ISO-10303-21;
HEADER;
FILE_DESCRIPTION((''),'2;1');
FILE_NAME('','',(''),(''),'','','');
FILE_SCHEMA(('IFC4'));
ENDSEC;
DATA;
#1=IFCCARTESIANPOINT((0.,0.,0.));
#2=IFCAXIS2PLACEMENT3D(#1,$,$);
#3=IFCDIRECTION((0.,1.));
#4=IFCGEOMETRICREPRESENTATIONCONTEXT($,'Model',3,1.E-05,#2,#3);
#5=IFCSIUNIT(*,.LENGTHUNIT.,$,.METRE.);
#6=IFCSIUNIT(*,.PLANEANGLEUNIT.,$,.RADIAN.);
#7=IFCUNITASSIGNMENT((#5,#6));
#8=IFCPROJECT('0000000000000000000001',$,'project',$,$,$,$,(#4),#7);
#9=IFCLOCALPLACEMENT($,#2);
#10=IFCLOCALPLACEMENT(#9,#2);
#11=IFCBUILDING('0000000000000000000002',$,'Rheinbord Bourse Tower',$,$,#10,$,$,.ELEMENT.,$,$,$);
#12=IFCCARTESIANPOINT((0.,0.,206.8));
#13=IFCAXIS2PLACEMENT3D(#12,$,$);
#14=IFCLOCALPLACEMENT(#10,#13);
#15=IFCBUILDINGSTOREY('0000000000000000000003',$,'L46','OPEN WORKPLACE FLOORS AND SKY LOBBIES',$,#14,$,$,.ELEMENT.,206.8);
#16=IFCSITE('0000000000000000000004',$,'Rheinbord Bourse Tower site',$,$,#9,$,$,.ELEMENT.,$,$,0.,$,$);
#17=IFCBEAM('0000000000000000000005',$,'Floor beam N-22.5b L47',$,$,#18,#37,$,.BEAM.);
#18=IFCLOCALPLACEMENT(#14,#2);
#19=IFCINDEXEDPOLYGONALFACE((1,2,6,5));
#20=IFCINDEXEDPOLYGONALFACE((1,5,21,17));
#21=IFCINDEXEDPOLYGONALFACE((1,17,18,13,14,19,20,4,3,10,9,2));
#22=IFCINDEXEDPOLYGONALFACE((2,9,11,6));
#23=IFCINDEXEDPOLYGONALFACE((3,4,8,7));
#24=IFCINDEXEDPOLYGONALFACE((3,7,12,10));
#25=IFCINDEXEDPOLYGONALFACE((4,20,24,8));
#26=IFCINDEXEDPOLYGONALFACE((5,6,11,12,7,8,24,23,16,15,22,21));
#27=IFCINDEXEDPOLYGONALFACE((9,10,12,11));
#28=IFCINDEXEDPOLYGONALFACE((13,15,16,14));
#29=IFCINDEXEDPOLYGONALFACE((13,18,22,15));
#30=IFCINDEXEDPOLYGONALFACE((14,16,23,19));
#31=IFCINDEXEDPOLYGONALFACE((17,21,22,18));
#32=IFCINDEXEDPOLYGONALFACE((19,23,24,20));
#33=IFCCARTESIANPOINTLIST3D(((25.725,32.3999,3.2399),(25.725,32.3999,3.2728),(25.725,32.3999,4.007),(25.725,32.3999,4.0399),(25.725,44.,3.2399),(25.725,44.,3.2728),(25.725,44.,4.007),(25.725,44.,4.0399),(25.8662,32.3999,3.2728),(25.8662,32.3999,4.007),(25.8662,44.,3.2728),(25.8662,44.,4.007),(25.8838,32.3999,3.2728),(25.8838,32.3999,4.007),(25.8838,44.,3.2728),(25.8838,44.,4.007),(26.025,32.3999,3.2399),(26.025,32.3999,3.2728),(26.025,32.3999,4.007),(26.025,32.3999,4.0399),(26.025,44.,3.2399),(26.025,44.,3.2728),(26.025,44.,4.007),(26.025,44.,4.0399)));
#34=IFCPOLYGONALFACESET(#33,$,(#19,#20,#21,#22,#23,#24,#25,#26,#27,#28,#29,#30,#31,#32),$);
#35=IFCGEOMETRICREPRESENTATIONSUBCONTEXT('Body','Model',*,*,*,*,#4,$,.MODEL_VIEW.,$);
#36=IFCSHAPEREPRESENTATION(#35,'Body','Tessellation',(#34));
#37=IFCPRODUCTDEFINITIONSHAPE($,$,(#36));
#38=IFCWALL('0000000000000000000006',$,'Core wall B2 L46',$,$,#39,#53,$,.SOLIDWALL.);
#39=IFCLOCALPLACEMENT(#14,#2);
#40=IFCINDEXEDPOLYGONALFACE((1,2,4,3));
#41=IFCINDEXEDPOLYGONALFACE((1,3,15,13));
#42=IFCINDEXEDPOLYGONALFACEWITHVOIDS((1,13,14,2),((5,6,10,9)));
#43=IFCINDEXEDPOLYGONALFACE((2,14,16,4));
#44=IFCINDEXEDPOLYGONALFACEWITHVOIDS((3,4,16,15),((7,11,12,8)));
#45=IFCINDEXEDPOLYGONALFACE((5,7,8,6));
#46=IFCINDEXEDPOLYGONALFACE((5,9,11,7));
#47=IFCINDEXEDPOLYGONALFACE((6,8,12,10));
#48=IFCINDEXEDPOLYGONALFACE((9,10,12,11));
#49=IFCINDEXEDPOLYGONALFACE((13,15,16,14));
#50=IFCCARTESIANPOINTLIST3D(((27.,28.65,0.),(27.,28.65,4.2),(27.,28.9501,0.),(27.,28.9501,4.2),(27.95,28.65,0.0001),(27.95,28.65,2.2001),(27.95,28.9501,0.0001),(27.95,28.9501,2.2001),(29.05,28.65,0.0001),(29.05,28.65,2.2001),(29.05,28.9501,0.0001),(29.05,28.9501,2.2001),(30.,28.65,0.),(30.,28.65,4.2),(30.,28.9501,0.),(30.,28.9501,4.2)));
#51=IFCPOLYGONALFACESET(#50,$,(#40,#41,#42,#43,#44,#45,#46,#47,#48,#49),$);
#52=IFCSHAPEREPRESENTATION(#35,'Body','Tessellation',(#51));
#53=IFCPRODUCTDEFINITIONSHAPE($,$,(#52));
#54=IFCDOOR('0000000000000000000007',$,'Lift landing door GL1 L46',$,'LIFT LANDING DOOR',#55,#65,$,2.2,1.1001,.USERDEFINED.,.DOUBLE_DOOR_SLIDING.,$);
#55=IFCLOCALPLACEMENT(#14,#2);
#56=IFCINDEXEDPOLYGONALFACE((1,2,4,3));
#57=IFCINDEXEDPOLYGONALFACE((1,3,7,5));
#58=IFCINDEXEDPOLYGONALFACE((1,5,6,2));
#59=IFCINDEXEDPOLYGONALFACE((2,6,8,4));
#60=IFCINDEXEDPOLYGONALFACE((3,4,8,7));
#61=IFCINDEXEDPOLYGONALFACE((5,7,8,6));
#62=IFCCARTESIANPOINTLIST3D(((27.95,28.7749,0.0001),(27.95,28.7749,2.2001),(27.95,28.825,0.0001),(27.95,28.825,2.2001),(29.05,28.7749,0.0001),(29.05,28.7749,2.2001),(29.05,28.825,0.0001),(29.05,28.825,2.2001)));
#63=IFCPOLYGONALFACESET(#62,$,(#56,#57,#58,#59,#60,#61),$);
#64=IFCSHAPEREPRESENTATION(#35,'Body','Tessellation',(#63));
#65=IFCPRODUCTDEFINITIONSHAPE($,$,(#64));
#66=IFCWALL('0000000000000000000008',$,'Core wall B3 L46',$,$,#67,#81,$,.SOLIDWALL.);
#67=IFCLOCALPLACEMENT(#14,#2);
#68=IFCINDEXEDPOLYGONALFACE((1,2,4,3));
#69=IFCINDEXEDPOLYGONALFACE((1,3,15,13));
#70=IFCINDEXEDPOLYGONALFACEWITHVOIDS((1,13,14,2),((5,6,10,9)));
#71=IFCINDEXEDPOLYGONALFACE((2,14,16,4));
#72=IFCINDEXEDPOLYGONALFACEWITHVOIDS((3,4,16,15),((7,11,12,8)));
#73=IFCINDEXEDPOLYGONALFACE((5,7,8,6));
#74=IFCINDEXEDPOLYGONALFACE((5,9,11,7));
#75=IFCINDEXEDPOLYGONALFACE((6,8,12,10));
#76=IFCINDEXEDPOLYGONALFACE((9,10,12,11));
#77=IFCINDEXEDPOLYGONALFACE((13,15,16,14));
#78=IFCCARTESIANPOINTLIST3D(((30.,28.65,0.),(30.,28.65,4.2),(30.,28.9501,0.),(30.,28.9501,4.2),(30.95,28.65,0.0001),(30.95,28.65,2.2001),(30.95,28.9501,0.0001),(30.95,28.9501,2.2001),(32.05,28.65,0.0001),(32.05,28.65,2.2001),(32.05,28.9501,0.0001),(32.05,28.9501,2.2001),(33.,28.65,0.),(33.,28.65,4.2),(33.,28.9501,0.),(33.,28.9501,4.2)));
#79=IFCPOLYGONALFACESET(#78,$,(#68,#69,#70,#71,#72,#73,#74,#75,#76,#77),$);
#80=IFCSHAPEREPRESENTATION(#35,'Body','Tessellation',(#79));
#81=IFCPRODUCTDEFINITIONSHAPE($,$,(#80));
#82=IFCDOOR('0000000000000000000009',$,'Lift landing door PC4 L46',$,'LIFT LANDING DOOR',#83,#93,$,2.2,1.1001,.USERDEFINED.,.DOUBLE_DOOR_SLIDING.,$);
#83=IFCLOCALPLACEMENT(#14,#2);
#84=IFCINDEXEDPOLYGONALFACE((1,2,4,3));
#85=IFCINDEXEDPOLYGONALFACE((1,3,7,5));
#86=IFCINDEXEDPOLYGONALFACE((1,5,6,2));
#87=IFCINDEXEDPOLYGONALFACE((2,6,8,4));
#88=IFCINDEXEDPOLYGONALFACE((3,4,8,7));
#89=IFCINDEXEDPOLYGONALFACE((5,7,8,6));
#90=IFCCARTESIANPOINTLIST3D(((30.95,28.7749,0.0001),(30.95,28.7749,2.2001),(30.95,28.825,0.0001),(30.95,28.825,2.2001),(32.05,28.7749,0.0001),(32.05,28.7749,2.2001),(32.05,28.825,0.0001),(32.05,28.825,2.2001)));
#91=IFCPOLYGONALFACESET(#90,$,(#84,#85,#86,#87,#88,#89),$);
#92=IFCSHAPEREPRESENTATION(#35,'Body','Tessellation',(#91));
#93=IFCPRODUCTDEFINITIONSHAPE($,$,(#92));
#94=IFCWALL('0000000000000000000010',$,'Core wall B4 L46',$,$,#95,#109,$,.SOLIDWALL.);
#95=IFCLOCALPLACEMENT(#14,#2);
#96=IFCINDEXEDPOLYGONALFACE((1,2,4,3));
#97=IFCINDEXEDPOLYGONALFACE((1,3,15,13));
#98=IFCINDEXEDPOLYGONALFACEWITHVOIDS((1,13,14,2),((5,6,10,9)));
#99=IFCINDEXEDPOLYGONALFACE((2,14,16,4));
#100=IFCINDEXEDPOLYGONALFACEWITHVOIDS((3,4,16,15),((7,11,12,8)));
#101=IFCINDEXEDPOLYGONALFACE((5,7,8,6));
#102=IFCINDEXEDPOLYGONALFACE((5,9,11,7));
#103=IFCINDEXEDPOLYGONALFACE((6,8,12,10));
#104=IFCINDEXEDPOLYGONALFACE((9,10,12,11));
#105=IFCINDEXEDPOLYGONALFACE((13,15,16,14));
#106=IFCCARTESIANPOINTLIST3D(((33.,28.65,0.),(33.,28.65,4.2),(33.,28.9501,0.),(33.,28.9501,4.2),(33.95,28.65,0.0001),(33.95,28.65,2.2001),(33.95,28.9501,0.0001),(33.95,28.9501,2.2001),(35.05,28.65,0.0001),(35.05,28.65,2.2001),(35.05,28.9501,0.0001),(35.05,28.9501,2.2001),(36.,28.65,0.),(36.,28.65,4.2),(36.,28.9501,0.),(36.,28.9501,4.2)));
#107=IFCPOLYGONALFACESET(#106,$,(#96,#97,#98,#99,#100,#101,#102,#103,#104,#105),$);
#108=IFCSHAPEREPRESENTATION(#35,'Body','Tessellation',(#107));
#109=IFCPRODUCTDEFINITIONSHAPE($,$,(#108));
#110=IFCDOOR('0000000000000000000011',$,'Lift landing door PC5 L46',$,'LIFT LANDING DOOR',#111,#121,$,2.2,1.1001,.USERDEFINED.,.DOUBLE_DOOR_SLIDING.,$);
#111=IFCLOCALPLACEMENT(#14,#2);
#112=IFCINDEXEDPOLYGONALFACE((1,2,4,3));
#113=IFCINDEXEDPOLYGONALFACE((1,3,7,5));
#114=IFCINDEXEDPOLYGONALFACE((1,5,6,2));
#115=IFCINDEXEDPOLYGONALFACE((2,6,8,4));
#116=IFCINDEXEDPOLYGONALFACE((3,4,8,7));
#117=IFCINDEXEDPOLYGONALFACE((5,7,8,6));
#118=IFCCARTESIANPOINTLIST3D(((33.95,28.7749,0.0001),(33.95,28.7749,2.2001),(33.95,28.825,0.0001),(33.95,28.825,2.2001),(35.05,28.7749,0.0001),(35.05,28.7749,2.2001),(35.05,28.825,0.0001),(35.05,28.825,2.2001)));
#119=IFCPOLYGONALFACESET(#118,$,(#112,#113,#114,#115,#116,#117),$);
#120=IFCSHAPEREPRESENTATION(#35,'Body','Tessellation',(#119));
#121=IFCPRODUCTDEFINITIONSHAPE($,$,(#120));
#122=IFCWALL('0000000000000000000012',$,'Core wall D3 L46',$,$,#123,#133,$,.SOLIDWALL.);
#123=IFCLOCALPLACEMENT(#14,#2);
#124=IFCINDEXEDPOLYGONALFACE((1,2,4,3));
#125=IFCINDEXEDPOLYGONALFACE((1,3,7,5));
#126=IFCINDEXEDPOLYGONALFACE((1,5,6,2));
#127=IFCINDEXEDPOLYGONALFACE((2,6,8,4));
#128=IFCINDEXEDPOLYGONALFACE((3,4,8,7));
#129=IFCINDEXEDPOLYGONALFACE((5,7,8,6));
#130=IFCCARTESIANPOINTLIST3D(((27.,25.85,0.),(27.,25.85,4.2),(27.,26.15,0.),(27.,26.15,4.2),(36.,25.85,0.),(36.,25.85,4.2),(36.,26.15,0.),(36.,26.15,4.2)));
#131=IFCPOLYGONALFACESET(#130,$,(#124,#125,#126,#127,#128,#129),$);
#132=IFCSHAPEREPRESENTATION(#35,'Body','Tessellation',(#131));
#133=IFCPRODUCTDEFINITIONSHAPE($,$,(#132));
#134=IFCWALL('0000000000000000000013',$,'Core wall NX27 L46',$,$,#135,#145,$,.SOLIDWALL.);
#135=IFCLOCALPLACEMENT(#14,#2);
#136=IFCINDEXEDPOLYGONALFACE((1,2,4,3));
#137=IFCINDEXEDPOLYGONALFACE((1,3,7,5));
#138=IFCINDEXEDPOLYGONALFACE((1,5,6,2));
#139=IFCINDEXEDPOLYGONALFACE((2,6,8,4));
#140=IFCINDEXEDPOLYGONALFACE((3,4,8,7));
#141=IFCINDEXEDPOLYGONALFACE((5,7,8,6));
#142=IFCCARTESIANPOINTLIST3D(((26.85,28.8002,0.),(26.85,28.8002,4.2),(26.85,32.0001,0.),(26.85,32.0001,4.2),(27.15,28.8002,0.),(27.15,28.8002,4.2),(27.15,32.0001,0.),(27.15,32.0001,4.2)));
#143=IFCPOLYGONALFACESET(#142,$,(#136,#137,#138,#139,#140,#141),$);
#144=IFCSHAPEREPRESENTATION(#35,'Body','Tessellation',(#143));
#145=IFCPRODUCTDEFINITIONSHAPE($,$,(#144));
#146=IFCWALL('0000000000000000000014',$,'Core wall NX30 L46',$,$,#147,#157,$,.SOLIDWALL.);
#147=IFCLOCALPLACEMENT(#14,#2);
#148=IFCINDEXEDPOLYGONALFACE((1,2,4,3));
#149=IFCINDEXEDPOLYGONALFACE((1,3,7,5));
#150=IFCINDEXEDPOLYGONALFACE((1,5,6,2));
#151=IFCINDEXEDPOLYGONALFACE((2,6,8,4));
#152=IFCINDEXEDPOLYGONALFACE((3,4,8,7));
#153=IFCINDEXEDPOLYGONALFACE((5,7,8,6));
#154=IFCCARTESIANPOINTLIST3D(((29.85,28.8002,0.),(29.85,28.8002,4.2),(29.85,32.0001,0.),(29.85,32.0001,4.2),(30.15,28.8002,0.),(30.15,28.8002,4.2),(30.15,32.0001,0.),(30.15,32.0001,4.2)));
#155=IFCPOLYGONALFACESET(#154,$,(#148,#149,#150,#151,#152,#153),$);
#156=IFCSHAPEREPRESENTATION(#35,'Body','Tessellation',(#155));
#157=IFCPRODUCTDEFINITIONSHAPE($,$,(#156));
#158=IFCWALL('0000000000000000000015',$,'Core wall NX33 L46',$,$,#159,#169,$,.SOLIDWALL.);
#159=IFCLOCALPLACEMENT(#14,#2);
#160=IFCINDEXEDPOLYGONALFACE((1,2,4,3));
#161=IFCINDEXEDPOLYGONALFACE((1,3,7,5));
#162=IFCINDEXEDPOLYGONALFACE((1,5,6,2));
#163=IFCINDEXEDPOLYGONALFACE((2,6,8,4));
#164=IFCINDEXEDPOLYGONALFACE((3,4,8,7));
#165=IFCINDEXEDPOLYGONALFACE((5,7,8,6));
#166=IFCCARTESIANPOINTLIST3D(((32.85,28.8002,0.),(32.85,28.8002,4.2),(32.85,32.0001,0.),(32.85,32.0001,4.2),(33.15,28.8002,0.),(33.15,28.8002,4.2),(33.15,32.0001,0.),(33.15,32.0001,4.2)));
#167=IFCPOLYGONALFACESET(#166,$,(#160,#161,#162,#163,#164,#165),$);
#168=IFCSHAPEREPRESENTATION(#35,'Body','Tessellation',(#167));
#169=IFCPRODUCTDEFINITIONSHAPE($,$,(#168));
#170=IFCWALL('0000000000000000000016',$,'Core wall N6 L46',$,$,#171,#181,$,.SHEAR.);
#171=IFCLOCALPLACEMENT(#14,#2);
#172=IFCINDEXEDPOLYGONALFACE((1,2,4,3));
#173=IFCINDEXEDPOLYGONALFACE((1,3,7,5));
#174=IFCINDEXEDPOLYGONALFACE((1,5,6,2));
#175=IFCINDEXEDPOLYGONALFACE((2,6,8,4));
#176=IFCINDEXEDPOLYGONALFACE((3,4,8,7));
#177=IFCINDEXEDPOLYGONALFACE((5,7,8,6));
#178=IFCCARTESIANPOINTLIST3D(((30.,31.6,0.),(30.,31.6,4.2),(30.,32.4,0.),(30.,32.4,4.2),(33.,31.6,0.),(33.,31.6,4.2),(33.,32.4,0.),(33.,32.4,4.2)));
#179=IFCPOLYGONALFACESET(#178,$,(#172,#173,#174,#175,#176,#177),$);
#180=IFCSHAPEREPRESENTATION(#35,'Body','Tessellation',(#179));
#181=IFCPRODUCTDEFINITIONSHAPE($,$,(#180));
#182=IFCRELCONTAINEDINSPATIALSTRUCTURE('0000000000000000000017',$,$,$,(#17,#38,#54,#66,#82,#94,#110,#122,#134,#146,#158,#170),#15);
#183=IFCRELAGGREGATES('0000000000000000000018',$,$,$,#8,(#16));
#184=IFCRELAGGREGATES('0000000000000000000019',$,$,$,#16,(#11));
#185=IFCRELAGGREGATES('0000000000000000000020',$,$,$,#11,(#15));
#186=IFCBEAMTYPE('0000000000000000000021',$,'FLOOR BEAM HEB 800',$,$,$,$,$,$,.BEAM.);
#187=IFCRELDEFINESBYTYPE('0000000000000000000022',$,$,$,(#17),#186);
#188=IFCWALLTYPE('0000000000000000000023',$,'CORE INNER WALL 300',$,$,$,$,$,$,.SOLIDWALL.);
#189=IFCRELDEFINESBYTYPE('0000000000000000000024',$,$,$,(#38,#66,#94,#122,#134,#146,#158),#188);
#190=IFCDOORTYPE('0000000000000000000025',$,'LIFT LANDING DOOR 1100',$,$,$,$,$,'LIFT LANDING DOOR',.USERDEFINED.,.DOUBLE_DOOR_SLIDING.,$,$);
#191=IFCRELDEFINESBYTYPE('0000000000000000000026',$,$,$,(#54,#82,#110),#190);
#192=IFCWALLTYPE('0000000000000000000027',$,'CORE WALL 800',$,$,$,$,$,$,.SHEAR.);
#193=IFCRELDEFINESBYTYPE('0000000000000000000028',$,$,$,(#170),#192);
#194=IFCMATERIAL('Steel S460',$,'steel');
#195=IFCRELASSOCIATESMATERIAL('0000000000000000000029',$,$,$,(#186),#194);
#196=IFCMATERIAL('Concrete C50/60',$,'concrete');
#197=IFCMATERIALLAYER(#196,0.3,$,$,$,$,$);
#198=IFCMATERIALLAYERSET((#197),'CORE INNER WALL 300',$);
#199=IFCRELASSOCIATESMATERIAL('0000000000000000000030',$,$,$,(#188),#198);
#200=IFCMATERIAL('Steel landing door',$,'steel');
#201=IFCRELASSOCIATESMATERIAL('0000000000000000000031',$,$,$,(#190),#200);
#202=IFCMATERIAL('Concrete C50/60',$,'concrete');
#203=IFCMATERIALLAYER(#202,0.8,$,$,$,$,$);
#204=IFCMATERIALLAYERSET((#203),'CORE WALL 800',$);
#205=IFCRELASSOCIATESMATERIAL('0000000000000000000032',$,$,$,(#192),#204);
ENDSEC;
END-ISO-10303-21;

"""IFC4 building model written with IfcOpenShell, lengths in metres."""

from ifc_helpers import new_model, si_unit, direction, frame, frame_2d, origin, origin_2d, place, context, subcontext, project, spatial, rectangle, i_section, extrude, material, layer, layer_set, material_profile, profile_set, type_object, element, fill, save


model = new_model("IFC4")

# Units and contexts
model_context = context("Model", 3, precision=1e-05, world=origin(), true_north=direction((0.0, 1.0)))
body_context = subcontext(model_context, "Body", "Model", "MODEL_VIEW")
ifc_project = project(units=[si_unit("LENGTHUNIT", "METRE"), si_unit("PLANEANGLEUNIT", "RADIAN")], contexts=[model_context])

# Site, building, storey
site_placement = place(None, origin())
site = spatial("IfcSite", under=ifc_project, at=site_placement, Name="Rheinbord Bourse Tower site", CompositionType="ELEMENT", RefElevation=0.0)
building_placement = place(site_placement, origin())
building = spatial("IfcBuilding", under=site, at=building_placement, Name="Rheinbord Bourse Tower", CompositionType="ELEMENT")
storey_placement = place(building_placement, frame((0.0, 0.0, 206.8)))
storey = spatial("IfcBuildingStorey", under=building, at=storey_placement, Name="L46", Description="OPEN WORKPLACE FLOORS AND SKY LOBBIES", CompositionType="ELEMENT", Elevation=206.8)

# Beam
ifc_material_1 = material(Name="Steel S460", Category="steel")
ifc_material_profile = material_profile(ifc_material_1, i_section(OverallWidth=0.3, OverallDepth=0.8, WebThickness=0.0176, FlangeThickness=0.033, at=origin_2d()), Name="HEB 800")
ifc_profile_set = profile_set([ifc_material_profile], Name="Steel S460")
beam_type = type_object("IfcBeamType", Name="FLOOR BEAM HEB 800", PredefinedType="BEAM", material=ifc_profile_set)
beam_placement = place(storey_placement, frame((25.875, 44.0, 3.6399), z_axis=(0.0, -1.0, 0.0), x_axis=(1.0, 0.0, 0.0)))
element("IfcBeam", 1, at=beam_placement, inside=storey, type_object=beam_type, Name="Floor beam N-22.5b L47", PredefinedType="BEAM", context=body_context, shape_type="SweptSolid", body=[
    extrude(i_section(OverallWidth=0.3, OverallDepth=0.8, WebThickness=0.0176, FlangeThickness=0.033, at=origin_2d()), origin(), (0.0, 0.0, 1.0), 11.6001),
])

# Walls, openings, doors
ifc_material_2 = material(Name="Concrete C50/60", Category="concrete")
ifc_layer_1 = layer(ifc_material_2, 0.3)
ifc_layer_set_1 = layer_set([ifc_layer_1], Name="CORE INNER WALL 300")
wall_type_1 = type_object("IfcWallType", Name="CORE INNER WALL 300", PredefinedType="SOLIDWALL", material=ifc_layer_set_1)
wall_1_placement = place(storey_placement, frame((27.0, 28.8, 0.0), z_axis=(0.0, 0.0, 1.0), x_axis=(1.0, 0.0, 0.0)))
wall_1 = element("IfcWall", 2, at=wall_1_placement, inside=storey, type_object=wall_type_1, Name="Core wall B2 L46", PredefinedType="SOLIDWALL", context=body_context, shape_type="SweptSolid", body=[
    extrude(rectangle(XDim=3.0, YDim=0.3, at=frame_2d((1.5, 0.0))), origin(), (0.0, 0.0, 1.0), 4.2),
])
opening_1_placement = place(wall_1_placement, frame((0.95, 0.0, 0.0)))
opening_1 = element("IfcOpeningElement", 3, at=opening_1_placement, cuts=wall_1, PredefinedType="OPENING", context=body_context, shape_type="SweptSolid", body=[
    extrude(rectangle(XDim=1.1001, YDim=2.2, at=frame_2d((0.55, 1.1001))), frame((0.0, 0.1599, 0.0), z_axis=(0.0, -1.0, 0.0), x_axis=(1.0, 0.0, 0.0)), (0.0, 0.0, 1.0), 0.3201),
])
ifc_material_3 = material(Name="Steel landing door", Category="steel")
door_type_1 = type_object("IfcDoorType", Name="LIFT LANDING DOOR 1100", ElementType="LIFT LANDING DOOR", OperationType="DOUBLE_DOOR_SLIDING", PredefinedType="USERDEFINED", material=ifc_material_3)
door_1_placement = place(opening_1_placement, origin())
door_1 = element("IfcDoor", 4, at=door_1_placement, inside=storey, type_object=door_type_1, Name="Lift landing door GL1 L46", ObjectType="LIFT LANDING DOOR", OperationType="DOUBLE_DOOR_SLIDING", OverallHeight=2.2, OverallWidth=1.1001, PredefinedType="USERDEFINED", context=body_context, shape_type="SweptSolid", body=[
    extrude(rectangle(XDim=1.1001, YDim=2.2, at=frame_2d((0.55, 1.1001))), frame((0.0, 0.0249, 0.0), z_axis=(0.0, -1.0, 0.0), x_axis=(1.0, 0.0, 0.0)), (0.0, 0.0, 1.0), 0.05),
])
fill(opening_1, door_1)
wall_2_placement = place(storey_placement, frame((30.0, 28.8, 0.0), z_axis=(0.0, 0.0, 1.0), x_axis=(1.0, 0.0, 0.0)))
wall_2 = element("IfcWall", 5, at=wall_2_placement, inside=storey, type_object=wall_type_1, Name="Core wall B3 L46", PredefinedType="SOLIDWALL", context=body_context, shape_type="SweptSolid", body=[
    extrude(rectangle(XDim=3.0, YDim=0.3, at=frame_2d((1.5, 0.0))), origin(), (0.0, 0.0, 1.0), 4.2),
])
opening_2_placement = place(wall_2_placement, frame((0.95, 0.0, 0.0)))
opening_2 = element("IfcOpeningElement", 6, at=opening_2_placement, cuts=wall_2, PredefinedType="OPENING", context=body_context, shape_type="SweptSolid", body=[
    extrude(rectangle(XDim=1.1001, YDim=2.2, at=frame_2d((0.55, 1.1001))), frame((0.0, 0.1599, 0.0), z_axis=(0.0, -1.0, 0.0), x_axis=(1.0, 0.0, 0.0)), (0.0, 0.0, 1.0), 0.3201),
])
door_2_placement = place(opening_2_placement, origin())
door_2 = element("IfcDoor", 7, at=door_2_placement, inside=storey, type_object=door_type_1, Name="Lift landing door PC4 L46", ObjectType="LIFT LANDING DOOR", OperationType="DOUBLE_DOOR_SLIDING", OverallHeight=2.2, OverallWidth=1.1001, PredefinedType="USERDEFINED", context=body_context, shape_type="SweptSolid", body=[
    extrude(rectangle(XDim=1.1001, YDim=2.2, at=frame_2d((0.55, 1.1001))), frame((0.0, 0.0249, 0.0), z_axis=(0.0, -1.0, 0.0), x_axis=(1.0, 0.0, 0.0)), (0.0, 0.0, 1.0), 0.05),
])
fill(opening_2, door_2)
wall_3_placement = place(storey_placement, frame((33.0, 28.8, 0.0), z_axis=(0.0, 0.0, 1.0), x_axis=(1.0, 0.0, 0.0)))
wall_3 = element("IfcWall", 8, at=wall_3_placement, inside=storey, type_object=wall_type_1, Name="Core wall B4 L46", PredefinedType="SOLIDWALL", context=body_context, shape_type="SweptSolid", body=[
    extrude(rectangle(XDim=3.0, YDim=0.3, at=frame_2d((1.5, 0.0))), origin(), (0.0, 0.0, 1.0), 4.2),
])
opening_3_placement = place(wall_3_placement, frame((0.95, 0.0, 0.0)))
opening_3 = element("IfcOpeningElement", 9, at=opening_3_placement, cuts=wall_3, PredefinedType="OPENING", context=body_context, shape_type="SweptSolid", body=[
    extrude(rectangle(XDim=1.1001, YDim=2.2, at=frame_2d((0.55, 1.1001))), frame((0.0, 0.1599, 0.0), z_axis=(0.0, -1.0, 0.0), x_axis=(1.0, 0.0, 0.0)), (0.0, 0.0, 1.0), 0.3201),
])
door_3_placement = place(opening_3_placement, origin())
door_3 = element("IfcDoor", 10, at=door_3_placement, inside=storey, type_object=door_type_1, Name="Lift landing door PC5 L46", ObjectType="LIFT LANDING DOOR", OperationType="DOUBLE_DOOR_SLIDING", OverallHeight=2.2, OverallWidth=1.1001, PredefinedType="USERDEFINED", context=body_context, shape_type="SweptSolid", body=[
    extrude(rectangle(XDim=1.1001, YDim=2.2, at=frame_2d((0.55, 1.1001))), frame((0.0, 0.0249, 0.0), z_axis=(0.0, -1.0, 0.0), x_axis=(1.0, 0.0, 0.0)), (0.0, 0.0, 1.0), 0.05),
])
fill(opening_3, door_3)

# Walls
wall_4_placement = place(storey_placement, frame((27.0, 26.0, 0.0), z_axis=(0.0, 0.0, 1.0), x_axis=(1.0, 0.0, 0.0)))
element("IfcWall", 11, at=wall_4_placement, inside=storey, type_object=wall_type_1, Name="Core wall D3 L46", PredefinedType="SOLIDWALL", context=body_context, shape_type="SweptSolid", body=[
    extrude(rectangle(XDim=9.0, YDim=0.3, at=frame_2d((4.5, 0.0))), origin(), (0.0, 0.0, 1.0), 4.2),
])
for number, where, z_axis, x_axis, name in (
    (12, (27.0, 28.8, 0.0), (0.0, 0.0, 1.0), (0.0, 1.0, 0.0), "Core wall NX27 L46"),
    (13, (30.0, 28.8, 0.0), (0.0, 0.0, 1.0), (0.0, 1.0, 0.0), "Core wall NX30 L46"),
    (14, (33.0, 28.8, 0.0), (0.0, 0.0, 1.0), (0.0, 1.0, 0.0), "Core wall NX33 L46"),
):
    element("IfcWall", number, at=place(storey_placement, frame(where, z_axis=z_axis, x_axis=x_axis)), inside=storey, type_object=wall_type_1, Name=name, PredefinedType="SOLIDWALL", context=body_context, shape_type="SweptSolid", body=[
        extrude(rectangle(XDim=3.2, YDim=0.3, at=frame_2d((1.6001, 0.0))), origin(), (0.0, 0.0, 1.0), 4.2),
    ])
ifc_material_4 = material(Name="Concrete C50/60", Category="concrete")
ifc_layer_2 = layer(ifc_material_4, 0.8)
ifc_layer_set_2 = layer_set([ifc_layer_2], Name="CORE WALL 800")
wall_type_2 = type_object("IfcWallType", Name="CORE WALL 800", PredefinedType="SHEAR", material=ifc_layer_set_2)
for number, where, z_axis, x_axis, name in (
    (15, (33.0, 32.0, 0.0), (0.0, 0.0, 1.0), (-1.0, 0.0, 0.0), "Core wall N6 L46"),
):
    element("IfcWall", number, at=place(storey_placement, frame(where, z_axis=z_axis, x_axis=x_axis)), inside=storey, type_object=wall_type_2, Name=name, PredefinedType="SHEAR", context=body_context, shape_type="SweptSolid", body=[
        extrude(rectangle(XDim=3.0, YDim=0.8, at=frame_2d((1.5, 0.0))), origin(), (0.0, 0.0, 1.0), 4.2),
    ])

save(model, "model.ifc")
